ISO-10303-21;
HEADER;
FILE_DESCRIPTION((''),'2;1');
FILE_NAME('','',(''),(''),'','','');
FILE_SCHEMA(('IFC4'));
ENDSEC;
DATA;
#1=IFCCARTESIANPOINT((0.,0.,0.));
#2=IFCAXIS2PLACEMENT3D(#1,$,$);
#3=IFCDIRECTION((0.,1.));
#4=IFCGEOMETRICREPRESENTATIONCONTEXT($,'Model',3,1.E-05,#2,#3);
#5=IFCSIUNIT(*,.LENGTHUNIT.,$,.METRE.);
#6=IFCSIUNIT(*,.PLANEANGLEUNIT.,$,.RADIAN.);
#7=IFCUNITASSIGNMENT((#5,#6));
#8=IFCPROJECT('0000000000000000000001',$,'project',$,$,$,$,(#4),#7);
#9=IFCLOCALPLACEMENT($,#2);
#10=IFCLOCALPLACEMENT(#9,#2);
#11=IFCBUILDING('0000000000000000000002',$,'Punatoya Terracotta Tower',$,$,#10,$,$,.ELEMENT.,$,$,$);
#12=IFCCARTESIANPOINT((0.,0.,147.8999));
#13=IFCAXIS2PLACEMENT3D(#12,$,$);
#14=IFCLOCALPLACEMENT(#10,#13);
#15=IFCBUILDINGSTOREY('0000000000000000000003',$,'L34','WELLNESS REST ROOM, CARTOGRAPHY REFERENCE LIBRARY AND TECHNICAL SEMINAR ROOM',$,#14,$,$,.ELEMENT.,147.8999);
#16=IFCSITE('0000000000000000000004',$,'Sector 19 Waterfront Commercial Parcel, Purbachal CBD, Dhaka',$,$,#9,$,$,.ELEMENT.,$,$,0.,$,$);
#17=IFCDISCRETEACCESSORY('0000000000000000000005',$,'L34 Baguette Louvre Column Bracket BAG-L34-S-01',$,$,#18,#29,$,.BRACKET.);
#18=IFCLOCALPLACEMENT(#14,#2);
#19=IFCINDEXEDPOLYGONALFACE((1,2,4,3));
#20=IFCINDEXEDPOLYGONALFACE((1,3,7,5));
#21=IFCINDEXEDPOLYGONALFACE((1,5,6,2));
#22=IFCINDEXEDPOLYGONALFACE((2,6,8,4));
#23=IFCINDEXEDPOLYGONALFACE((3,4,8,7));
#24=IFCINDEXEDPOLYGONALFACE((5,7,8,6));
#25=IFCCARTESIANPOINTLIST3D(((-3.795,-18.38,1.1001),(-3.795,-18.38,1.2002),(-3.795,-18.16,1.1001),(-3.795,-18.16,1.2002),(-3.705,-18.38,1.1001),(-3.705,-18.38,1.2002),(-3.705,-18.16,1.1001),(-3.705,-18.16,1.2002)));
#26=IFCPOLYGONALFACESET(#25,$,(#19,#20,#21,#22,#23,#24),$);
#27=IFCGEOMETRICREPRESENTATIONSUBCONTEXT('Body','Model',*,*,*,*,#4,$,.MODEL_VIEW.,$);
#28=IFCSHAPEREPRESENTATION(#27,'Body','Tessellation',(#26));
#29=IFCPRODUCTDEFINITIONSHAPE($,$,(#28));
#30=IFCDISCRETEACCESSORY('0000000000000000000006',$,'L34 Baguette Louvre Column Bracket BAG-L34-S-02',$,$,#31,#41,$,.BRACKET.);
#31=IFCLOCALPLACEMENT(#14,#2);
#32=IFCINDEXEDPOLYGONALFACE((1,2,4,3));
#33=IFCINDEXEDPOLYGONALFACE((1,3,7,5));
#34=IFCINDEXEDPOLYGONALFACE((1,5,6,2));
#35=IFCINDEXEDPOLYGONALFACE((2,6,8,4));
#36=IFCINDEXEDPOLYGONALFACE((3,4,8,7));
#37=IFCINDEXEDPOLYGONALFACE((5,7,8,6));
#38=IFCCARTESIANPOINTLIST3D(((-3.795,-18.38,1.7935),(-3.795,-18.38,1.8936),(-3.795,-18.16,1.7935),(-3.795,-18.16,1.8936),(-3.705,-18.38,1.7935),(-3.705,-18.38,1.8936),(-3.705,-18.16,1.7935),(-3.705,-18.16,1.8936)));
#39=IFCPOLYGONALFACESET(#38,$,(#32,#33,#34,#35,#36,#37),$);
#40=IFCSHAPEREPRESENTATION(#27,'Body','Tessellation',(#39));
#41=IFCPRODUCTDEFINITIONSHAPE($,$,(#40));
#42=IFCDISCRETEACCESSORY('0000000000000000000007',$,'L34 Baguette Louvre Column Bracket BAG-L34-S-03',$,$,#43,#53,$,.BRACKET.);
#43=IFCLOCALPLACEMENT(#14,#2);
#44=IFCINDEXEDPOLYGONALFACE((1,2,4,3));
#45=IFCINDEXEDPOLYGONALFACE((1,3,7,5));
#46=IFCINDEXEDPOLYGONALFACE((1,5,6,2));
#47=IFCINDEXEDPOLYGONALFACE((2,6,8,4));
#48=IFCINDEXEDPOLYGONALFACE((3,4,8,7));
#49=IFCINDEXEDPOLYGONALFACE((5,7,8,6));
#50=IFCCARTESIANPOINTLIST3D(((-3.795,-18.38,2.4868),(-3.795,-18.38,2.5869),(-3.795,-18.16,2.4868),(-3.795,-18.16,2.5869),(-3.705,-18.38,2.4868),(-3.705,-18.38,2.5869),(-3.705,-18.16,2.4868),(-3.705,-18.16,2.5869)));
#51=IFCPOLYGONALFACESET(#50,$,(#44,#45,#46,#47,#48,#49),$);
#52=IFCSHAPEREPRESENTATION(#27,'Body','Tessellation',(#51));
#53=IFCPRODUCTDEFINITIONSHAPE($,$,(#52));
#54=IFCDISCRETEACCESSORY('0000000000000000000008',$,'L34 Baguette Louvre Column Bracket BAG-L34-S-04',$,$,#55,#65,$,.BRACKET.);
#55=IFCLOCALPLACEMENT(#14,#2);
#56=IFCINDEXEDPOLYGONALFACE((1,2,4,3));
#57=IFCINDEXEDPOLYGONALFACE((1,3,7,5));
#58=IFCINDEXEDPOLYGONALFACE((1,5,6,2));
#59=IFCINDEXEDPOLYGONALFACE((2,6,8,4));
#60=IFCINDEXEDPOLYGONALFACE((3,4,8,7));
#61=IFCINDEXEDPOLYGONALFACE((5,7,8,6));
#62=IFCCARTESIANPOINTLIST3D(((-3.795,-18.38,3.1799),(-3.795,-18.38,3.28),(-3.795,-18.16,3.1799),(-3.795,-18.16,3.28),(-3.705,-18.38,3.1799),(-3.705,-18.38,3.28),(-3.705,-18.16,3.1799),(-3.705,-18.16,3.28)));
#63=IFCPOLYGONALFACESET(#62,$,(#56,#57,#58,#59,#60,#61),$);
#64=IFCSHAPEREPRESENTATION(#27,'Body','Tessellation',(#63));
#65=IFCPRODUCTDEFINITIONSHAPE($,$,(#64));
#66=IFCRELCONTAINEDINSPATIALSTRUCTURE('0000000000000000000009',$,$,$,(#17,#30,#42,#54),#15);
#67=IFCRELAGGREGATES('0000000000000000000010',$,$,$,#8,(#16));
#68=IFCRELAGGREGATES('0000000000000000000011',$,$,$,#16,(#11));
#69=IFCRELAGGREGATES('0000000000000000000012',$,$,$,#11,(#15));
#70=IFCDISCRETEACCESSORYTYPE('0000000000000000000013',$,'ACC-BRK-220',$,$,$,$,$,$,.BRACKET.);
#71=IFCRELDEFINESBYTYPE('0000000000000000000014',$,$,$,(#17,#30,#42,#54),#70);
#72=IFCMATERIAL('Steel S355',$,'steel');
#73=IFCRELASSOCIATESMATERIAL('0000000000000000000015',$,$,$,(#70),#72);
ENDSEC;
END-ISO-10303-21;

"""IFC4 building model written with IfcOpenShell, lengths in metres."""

from ifc_helpers import new_model, si_unit, direction, frame, origin, origin_2d, place, context, subcontext, project, spatial, rectangle, extrude, material, type_object, element, save


model = new_model("IFC4")

# Units and contexts
model_context = context("Model", 3, precision=1e-05, world=origin(), true_north=direction((0.0, 1.0)))
body_context = subcontext(model_context, "Body", "Model", "MODEL_VIEW")
ifc_project = project(units=[si_unit("LENGTHUNIT", "METRE"), si_unit("PLANEANGLEUNIT", "RADIAN")], contexts=[model_context])

# Site, building, storey
site_placement = place(None, origin())
site = spatial("IfcSite", under=ifc_project, at=site_placement, Name="Sector 19 Waterfront Commercial Parcel, Purbachal CBD, Dhaka", CompositionType="ELEMENT", RefElevation=0.0)
building_placement = place(site_placement, origin())
building = spatial("IfcBuilding", under=site, at=building_placement, Name="Punatoya Terracotta Tower", CompositionType="ELEMENT")
storey_placement = place(building_placement, frame((0.0, 0.0, 147.8999)))
storey = spatial("IfcBuildingStorey", under=building, at=storey_placement, Name="L34", Description="WELLNESS REST ROOM, CARTOGRAPHY REFERENCE LIBRARY AND TECHNICAL SEMINAR ROOM", CompositionType="ELEMENT", Elevation=147.8999)

# Shared definitions
ifc_material_1 = material(Name="Steel S355", Category="steel")

# Discrete accessories
discrete_accessory_type = type_object("IfcDiscreteAccessoryType", Name="ACC-BRK-220", PredefinedType="BRACKET", material=ifc_material_1)
for number, where, z_axis, x_axis, name in (
    (1, (-3.75, -18.27, 1.1001), (0.0, 0.0, 1.0), (1.0, 0.0, 0.0), "L34 Baguette Louvre Column Bracket BAG-L34-S-01"),
    (2, (-3.75, -18.27, 1.7935), (0.0, 0.0, 1.0), (1.0, 0.0, 0.0), "L34 Baguette Louvre Column Bracket BAG-L34-S-02"),
    (3, (-3.75, -18.27, 2.4868), (0.0, 0.0, 1.0), (1.0, 0.0, 0.0), "L34 Baguette Louvre Column Bracket BAG-L34-S-03"),
    (4, (-3.75, -18.27, 3.1799), (0.0, 0.0, 1.0), (1.0, 0.0, 0.0), "L34 Baguette Louvre Column Bracket BAG-L34-S-04"),
):
    element("IfcDiscreteAccessory", number, at=place(storey_placement, frame(where, z_axis=z_axis, x_axis=x_axis)), inside=storey, type_object=discrete_accessory_type, Name=name, PredefinedType="BRACKET", context=body_context, shape_type="SweptSolid", body=[
        extrude(rectangle(XDim=0.0901, YDim=0.22, at=origin_2d()), origin(), (0.0, 0.0, 1.0), 0.1001),
    ])

save(model, "model.ifc")
